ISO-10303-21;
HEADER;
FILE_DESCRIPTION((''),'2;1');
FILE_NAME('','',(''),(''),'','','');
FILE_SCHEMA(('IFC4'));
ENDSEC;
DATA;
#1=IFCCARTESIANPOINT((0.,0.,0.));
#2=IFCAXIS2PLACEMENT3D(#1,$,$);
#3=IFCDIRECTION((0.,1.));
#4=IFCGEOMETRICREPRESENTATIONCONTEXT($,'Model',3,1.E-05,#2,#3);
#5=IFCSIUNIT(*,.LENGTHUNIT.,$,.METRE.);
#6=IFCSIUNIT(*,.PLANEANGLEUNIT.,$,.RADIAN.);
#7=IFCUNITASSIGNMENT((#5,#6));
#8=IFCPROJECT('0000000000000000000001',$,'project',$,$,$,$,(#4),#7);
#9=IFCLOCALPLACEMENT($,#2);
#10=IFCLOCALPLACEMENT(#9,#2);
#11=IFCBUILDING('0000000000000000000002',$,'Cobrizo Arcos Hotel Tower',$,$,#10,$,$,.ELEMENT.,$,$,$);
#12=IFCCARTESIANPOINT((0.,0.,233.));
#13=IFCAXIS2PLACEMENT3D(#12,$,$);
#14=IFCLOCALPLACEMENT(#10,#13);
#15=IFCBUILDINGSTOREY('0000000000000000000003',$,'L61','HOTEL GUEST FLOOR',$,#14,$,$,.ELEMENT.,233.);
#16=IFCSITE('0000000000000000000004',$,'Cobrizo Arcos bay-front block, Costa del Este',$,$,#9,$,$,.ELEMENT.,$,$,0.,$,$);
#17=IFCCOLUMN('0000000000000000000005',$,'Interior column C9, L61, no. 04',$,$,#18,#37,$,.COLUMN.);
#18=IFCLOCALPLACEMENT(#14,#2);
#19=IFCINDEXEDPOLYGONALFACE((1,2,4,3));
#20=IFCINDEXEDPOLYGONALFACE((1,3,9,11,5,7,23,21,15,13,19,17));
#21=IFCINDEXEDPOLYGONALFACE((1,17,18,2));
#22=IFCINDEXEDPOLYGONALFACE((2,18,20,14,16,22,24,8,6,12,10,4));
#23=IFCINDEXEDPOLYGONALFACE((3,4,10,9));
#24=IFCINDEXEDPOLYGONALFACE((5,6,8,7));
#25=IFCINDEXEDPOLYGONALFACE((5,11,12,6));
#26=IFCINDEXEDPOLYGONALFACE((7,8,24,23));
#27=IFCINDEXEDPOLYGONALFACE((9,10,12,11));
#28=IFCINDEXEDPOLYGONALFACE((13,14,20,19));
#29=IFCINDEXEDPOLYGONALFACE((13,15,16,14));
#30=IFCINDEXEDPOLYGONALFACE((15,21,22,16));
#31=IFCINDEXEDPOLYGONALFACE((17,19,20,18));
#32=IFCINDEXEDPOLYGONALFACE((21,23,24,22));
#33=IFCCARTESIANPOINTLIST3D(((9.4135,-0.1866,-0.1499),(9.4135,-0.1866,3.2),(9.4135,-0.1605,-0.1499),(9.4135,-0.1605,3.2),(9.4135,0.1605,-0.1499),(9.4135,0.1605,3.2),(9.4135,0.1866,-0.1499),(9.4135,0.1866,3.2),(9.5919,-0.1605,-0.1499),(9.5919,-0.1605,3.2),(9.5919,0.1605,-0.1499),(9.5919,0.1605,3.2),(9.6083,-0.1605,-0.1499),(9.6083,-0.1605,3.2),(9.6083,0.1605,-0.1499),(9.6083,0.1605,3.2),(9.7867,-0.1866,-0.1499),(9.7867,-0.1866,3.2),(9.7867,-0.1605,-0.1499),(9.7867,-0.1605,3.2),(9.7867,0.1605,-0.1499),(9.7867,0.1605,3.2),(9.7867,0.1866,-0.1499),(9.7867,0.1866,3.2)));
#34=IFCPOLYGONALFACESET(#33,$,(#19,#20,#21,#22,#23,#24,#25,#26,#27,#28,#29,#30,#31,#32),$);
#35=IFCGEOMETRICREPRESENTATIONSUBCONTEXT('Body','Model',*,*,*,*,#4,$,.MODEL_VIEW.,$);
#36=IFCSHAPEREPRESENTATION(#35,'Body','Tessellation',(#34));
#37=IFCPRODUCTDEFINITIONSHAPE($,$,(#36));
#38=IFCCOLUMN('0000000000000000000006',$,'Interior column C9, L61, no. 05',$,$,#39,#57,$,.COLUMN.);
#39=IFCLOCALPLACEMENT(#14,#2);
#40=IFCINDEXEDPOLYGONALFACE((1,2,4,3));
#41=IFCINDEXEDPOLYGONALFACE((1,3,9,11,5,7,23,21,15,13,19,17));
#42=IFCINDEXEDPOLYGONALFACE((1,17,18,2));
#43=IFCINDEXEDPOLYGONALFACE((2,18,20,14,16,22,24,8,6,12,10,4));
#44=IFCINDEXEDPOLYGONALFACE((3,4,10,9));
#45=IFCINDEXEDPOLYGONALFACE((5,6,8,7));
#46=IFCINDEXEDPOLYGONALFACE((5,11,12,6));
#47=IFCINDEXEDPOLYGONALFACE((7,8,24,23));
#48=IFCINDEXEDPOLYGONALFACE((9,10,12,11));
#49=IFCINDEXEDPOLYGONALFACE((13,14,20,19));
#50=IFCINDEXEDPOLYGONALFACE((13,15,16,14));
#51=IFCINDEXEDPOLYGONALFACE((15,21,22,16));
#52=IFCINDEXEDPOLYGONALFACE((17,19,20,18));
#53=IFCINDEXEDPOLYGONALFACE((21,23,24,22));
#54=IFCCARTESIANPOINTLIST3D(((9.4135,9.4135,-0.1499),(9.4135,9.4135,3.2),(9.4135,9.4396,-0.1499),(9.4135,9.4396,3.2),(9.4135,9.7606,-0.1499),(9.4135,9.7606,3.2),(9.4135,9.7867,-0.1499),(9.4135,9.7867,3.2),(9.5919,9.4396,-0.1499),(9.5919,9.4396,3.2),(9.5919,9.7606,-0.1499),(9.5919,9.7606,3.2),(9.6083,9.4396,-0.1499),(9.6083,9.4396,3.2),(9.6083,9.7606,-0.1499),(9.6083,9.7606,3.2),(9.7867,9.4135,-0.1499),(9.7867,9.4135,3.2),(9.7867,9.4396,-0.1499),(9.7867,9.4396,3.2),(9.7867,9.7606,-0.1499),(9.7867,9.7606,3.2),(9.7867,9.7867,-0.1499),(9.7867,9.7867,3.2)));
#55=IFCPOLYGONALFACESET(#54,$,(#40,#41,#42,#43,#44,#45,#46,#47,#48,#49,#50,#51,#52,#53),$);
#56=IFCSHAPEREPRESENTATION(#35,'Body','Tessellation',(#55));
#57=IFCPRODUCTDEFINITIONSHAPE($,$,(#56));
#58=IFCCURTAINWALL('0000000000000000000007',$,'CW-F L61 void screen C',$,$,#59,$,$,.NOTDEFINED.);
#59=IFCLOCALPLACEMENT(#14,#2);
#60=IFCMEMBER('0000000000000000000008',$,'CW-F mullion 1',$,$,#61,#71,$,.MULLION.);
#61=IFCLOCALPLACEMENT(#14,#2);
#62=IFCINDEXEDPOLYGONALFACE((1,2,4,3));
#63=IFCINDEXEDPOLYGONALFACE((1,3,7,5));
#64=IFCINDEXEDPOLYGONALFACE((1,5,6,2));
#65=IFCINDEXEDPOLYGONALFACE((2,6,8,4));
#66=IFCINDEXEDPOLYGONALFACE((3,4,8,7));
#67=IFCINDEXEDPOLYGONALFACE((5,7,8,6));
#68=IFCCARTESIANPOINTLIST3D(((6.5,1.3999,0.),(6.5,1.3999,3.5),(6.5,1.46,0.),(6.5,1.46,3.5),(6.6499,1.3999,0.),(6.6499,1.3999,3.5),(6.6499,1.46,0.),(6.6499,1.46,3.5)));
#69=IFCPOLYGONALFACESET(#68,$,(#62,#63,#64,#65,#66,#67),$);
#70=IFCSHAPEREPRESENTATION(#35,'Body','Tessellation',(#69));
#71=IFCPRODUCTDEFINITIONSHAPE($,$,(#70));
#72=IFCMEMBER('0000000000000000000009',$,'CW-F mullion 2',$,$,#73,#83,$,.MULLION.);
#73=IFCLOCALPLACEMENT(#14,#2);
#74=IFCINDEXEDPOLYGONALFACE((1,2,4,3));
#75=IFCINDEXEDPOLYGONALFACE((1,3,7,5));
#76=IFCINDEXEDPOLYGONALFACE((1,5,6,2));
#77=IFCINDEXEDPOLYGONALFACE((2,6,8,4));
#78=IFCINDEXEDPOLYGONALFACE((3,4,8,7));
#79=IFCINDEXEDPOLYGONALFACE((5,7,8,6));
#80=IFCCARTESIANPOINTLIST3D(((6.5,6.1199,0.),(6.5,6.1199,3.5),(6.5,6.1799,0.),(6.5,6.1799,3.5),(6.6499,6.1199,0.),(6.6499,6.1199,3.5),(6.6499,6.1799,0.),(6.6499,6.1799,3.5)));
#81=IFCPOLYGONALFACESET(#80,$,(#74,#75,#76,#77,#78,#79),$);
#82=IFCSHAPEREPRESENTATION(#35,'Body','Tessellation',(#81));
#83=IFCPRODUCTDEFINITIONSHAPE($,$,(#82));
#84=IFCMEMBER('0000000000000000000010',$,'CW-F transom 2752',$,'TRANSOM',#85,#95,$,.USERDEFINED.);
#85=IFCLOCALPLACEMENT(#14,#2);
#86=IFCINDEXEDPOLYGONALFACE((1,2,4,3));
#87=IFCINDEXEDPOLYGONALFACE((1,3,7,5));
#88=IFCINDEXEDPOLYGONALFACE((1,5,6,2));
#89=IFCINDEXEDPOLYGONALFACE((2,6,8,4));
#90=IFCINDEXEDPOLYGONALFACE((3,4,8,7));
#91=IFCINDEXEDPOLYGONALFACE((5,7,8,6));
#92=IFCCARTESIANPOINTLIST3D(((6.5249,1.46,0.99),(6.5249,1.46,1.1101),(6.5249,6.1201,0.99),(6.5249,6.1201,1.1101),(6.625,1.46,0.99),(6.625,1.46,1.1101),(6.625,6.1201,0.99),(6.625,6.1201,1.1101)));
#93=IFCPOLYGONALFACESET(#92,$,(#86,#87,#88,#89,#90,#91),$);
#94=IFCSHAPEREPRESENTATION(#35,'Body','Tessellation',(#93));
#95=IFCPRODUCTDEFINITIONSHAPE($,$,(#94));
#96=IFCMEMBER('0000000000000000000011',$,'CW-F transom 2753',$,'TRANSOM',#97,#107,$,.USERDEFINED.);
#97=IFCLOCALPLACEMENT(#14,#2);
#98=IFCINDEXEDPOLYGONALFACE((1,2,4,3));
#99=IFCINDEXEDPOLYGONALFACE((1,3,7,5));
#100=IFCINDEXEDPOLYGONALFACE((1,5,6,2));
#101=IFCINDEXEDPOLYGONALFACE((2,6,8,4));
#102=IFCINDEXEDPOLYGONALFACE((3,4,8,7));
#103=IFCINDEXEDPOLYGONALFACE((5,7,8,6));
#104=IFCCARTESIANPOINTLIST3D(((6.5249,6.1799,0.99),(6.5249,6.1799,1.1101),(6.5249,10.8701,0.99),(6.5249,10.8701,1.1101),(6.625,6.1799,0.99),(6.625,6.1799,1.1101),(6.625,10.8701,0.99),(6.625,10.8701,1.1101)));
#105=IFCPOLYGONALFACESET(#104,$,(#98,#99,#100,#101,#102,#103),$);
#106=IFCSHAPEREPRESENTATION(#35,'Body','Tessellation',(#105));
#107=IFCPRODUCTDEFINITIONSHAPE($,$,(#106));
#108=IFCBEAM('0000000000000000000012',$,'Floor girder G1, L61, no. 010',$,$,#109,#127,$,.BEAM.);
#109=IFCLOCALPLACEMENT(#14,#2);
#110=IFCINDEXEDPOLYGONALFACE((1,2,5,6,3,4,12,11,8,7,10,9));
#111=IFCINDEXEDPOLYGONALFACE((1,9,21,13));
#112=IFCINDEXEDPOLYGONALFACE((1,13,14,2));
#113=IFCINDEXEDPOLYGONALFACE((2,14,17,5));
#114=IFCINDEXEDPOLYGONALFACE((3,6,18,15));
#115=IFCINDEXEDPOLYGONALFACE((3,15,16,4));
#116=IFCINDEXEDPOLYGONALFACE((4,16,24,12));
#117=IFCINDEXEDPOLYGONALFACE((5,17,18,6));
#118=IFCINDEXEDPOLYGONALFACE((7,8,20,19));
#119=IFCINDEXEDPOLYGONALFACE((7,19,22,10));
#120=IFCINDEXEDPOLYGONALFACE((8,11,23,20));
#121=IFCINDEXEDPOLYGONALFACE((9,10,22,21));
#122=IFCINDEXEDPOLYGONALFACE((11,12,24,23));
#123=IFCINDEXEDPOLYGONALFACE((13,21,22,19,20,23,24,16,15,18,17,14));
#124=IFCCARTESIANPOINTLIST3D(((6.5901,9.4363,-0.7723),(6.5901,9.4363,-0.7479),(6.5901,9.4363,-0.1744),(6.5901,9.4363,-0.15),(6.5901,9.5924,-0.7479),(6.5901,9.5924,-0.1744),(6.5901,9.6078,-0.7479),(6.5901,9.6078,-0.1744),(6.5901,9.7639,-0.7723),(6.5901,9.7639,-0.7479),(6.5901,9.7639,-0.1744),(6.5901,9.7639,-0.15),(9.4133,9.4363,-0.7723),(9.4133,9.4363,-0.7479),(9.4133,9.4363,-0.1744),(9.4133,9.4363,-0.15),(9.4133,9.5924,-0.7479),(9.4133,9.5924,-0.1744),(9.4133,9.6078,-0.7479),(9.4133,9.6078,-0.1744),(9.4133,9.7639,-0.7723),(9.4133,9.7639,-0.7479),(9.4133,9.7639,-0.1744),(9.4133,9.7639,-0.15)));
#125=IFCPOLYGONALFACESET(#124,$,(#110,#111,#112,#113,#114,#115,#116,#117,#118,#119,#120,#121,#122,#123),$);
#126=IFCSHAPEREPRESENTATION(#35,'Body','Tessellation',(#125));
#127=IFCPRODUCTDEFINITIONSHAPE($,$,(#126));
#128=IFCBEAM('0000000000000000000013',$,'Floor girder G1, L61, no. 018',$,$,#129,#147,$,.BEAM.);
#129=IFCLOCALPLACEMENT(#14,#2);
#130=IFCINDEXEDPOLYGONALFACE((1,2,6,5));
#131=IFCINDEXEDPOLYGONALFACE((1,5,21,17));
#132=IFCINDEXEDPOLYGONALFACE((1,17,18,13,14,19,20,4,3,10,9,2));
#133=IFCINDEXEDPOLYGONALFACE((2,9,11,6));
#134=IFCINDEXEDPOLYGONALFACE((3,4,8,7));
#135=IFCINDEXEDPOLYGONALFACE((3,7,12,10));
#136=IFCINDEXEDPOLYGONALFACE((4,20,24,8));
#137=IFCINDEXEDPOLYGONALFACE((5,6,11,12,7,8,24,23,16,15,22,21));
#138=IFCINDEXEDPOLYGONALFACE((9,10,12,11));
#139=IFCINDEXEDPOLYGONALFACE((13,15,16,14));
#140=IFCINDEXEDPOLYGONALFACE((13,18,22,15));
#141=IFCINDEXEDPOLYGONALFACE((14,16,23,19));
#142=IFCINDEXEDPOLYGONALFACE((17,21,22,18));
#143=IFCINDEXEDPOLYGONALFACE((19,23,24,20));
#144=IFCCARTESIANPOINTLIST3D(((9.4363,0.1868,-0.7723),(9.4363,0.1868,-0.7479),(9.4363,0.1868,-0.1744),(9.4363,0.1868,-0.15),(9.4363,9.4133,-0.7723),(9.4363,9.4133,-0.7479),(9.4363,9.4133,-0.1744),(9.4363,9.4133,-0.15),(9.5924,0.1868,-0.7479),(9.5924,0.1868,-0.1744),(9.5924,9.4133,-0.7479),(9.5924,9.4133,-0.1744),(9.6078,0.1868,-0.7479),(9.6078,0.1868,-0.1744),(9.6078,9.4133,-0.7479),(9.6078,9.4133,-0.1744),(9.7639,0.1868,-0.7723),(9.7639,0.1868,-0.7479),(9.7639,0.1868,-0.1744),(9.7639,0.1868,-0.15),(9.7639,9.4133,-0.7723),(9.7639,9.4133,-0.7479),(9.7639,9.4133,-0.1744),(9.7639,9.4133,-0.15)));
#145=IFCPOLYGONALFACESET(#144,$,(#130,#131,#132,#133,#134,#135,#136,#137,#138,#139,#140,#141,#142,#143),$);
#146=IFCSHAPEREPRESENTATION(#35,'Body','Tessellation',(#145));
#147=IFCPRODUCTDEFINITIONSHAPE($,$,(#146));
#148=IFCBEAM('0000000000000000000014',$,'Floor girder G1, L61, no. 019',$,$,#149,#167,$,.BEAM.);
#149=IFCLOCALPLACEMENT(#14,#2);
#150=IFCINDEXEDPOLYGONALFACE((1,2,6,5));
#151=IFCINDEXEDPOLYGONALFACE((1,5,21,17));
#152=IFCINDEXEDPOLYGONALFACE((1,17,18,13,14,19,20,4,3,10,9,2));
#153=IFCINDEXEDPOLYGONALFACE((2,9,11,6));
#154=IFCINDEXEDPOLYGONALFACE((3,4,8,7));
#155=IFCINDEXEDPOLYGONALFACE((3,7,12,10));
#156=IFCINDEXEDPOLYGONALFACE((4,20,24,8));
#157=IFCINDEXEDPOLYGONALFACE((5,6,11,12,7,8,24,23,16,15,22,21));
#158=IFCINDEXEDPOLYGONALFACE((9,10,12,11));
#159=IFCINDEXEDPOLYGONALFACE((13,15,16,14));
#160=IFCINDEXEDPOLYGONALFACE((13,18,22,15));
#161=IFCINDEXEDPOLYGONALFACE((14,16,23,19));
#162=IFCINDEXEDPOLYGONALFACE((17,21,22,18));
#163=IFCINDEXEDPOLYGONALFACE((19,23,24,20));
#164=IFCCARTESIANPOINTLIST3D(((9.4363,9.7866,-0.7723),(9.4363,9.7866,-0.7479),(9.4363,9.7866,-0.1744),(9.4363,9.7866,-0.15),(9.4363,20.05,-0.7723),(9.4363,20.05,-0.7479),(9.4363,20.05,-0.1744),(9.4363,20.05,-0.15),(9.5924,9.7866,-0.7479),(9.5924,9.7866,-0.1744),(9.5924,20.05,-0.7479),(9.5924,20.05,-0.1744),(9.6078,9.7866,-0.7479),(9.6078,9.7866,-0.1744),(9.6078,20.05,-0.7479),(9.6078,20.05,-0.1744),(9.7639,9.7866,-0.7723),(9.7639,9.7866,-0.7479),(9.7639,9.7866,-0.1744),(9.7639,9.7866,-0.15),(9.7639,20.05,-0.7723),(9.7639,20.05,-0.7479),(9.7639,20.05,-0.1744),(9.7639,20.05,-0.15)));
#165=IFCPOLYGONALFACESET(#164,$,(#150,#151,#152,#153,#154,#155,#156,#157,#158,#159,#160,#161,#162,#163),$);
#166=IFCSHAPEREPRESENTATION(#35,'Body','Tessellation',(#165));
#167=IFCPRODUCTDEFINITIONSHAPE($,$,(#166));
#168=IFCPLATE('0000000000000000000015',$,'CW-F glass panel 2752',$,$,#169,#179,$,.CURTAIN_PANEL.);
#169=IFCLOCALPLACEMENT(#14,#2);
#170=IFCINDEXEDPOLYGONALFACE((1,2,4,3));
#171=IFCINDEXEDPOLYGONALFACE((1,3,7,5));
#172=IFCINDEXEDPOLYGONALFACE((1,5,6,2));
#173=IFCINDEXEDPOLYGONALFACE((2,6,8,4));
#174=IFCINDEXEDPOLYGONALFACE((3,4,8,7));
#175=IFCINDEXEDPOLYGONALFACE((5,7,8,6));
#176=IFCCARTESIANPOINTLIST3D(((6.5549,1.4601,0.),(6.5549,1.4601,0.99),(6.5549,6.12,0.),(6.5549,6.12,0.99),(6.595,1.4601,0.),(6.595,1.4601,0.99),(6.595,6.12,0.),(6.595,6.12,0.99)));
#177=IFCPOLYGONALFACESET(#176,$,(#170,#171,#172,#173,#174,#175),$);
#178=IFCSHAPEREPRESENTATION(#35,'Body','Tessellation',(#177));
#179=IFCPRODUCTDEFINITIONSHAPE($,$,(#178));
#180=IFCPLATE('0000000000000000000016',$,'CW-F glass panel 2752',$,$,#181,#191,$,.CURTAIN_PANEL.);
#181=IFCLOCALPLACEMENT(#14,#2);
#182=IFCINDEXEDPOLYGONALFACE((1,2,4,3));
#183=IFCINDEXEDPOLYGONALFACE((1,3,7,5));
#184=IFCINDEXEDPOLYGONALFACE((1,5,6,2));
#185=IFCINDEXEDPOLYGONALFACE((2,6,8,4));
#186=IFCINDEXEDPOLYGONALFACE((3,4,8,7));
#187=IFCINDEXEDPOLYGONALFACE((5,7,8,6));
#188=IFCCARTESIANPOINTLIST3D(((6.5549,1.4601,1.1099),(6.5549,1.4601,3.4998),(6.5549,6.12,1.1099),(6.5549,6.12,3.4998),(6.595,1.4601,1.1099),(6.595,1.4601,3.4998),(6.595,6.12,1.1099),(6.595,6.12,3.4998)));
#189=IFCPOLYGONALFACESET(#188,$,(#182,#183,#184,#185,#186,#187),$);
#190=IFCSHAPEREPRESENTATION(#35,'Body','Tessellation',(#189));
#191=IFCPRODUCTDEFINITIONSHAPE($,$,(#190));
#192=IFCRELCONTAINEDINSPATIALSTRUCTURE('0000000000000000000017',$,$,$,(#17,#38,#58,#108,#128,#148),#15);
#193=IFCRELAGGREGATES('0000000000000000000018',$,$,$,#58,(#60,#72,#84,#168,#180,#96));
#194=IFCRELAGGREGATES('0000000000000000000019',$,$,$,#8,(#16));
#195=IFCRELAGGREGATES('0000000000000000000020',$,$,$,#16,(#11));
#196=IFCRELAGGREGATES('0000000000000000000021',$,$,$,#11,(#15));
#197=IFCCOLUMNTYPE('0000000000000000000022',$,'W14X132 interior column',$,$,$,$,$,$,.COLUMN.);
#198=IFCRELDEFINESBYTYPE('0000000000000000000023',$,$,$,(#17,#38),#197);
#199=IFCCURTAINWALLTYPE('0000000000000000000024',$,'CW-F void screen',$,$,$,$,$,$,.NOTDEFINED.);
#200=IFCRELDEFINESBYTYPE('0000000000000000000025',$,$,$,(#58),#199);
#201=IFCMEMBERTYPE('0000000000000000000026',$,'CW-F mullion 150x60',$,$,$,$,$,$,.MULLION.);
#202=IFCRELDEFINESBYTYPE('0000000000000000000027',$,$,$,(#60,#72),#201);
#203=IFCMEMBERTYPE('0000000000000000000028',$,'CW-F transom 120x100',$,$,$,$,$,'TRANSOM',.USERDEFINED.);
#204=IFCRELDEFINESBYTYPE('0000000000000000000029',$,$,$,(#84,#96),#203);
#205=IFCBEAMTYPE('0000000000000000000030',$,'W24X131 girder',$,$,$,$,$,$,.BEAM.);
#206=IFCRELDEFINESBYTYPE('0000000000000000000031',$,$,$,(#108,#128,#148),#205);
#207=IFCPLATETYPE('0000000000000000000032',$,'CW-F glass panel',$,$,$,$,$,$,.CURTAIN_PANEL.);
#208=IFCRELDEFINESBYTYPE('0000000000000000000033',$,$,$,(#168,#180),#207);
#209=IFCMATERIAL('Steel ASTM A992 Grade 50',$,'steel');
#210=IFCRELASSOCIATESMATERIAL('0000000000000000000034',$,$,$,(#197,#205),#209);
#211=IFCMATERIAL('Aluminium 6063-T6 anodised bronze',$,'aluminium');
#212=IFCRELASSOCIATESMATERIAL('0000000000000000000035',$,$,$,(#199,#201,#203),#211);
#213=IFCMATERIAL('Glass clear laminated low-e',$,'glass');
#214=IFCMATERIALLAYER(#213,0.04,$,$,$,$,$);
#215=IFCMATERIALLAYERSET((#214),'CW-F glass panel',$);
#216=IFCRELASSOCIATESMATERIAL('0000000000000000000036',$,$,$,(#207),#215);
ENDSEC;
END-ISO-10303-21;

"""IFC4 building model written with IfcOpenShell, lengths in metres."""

from ifc_helpers import new_model, si_unit, direction, frame, origin, origin_2d, place, context, subcontext, project, spatial, rectangle, i_section, extrude, material, layer, layer_set, material_profile, profile_set, type_object, element, aggregate, save


model = new_model("IFC4")

# Units and contexts
model_context = context("Model", 3, precision=1e-05, world=origin(), true_north=direction((0.0, 1.0)))
body_context = subcontext(model_context, "Body", "Model", "MODEL_VIEW")
ifc_project = project(units=[si_unit("LENGTHUNIT", "METRE"), si_unit("PLANEANGLEUNIT", "RADIAN")], contexts=[model_context])

# Site, building, storey
site_placement = place(None, origin())
site = spatial("IfcSite", under=ifc_project, at=site_placement, Name="Cobrizo Arcos bay-front block, Costa del Este", CompositionType="ELEMENT", RefElevation=0.0)
building_placement = place(site_placement, origin())
building = spatial("IfcBuilding", under=site, at=building_placement, Name="Cobrizo Arcos Hotel Tower", CompositionType="ELEMENT")
storey_placement = place(building_placement, frame((0.0, 0.0, 233.0)))
storey = spatial("IfcBuildingStorey", under=building, at=storey_placement, Name="L61", Description="HOTEL GUEST FLOOR", CompositionType="ELEMENT", Elevation=233.0)

# Columns
ifc_material_1 = material(Name="Steel ASTM A992 Grade 50", Category="steel")
ifc_material_profile_1 = material_profile(ifc_material_1, i_section(OverallWidth=0.3733, OverallDepth=0.3733, WebThickness=0.0164, FlangeThickness=0.0261, at=origin_2d()), Name="W14X132")
ifc_profile_set_1 = profile_set([ifc_material_profile_1], Name="Steel ASTM A992 Grade 50")
column_type = type_object("IfcColumnType", Name="W14X132 interior column", PredefinedType="COLUMN", material=ifc_profile_set_1)
for number, where, z_axis, x_axis, name in (
    (1, (9.6001, 0.0, -0.1499), (0.0, 0.0, 1.0), (1.0, 0.0, 0.0), "Interior column C9, L61, no. 04"),
    (2, (9.6001, 9.6001, -0.1499), (0.0, 0.0, 1.0), (1.0, 0.0, 0.0), "Interior column C9, L61, no. 05"),
):
    element("IfcColumn", number, at=place(storey_placement, frame(where, z_axis=z_axis, x_axis=x_axis)), inside=storey, type_object=column_type, Name=name, PredefinedType="COLUMN", context=body_context, shape_type="SweptSolid", body=[
        extrude(i_section(OverallWidth=0.3733, OverallDepth=0.3733, WebThickness=0.0164, FlangeThickness=0.0261, at=origin_2d()), origin(), (0.0, 0.0, 1.0), 3.3499),
    ])

# Curtain wall, members
ifc_material_2 = material(Name="Aluminium 6063-T6 anodised bronze", Category="aluminium")
curtain_wall_type = type_object("IfcCurtainWallType", Name="CW-F void screen", PredefinedType="NOTDEFINED", material=ifc_material_2)
curtain_wall_placement = place(storey_placement, origin())
curtain_wall = element("IfcCurtainWall", 3, at=curtain_wall_placement, inside=storey, type_object=curtain_wall_type, Name="CW-F L61 void screen C", PredefinedType="NOTDEFINED")
ifc_material_profile_2 = material_profile(ifc_material_2, rectangle(XDim=0.1499, YDim=0.0601, at=origin_2d()), Name="CW-F mullion 150x60")
ifc_profile_set_2 = profile_set([ifc_material_profile_2], Name="Aluminium 6063-T6 anodised bronze")
member_type_1 = type_object("IfcMemberType", Name="CW-F mullion 150x60", PredefinedType="MULLION", material=ifc_profile_set_2)
member_1_placement = place(storey_placement, frame((6.575, 1.4299, 0.0), z_axis=(0.0, 0.0, 1.0), x_axis=(1.0, 0.0, 0.0)))
member_1 = element("IfcMember", 4, at=member_1_placement, type_object=member_type_1, Name="CW-F mullion 1", PredefinedType="MULLION", context=body_context, shape_type="SweptSolid", body=[
    extrude(rectangle(XDim=0.1499, YDim=0.0601, at=origin_2d()), origin(), (0.0, 0.0, 1.0), 3.5),
])
member_2_placement = place(storey_placement, frame((6.575, 6.1499, 0.0), z_axis=(0.0, 0.0, 1.0), x_axis=(1.0, 0.0, 0.0)))
member_2 = element("IfcMember", 5, at=member_2_placement, type_object=member_type_1, Name="CW-F mullion 2", PredefinedType="MULLION", context=body_context, shape_type="SweptSolid", body=[
    extrude(rectangle(XDim=0.1499, YDim=0.0601, at=origin_2d()), origin(), (0.0, 0.0, 1.0), 3.5),
])
ifc_material_profile_3 = material_profile(ifc_material_2, rectangle(XDim=0.1001, YDim=0.1201, at=origin_2d()), Name="CW-F transom 120x100")
ifc_profile_set_3 = profile_set([ifc_material_profile_3], Name="Aluminium 6063-T6 anodised bronze")
member_type_2 = type_object("IfcMemberType", Name="CW-F transom 120x100", ElementType="TRANSOM", PredefinedType="USERDEFINED", material=ifc_profile_set_3)
member_3_placement = place(storey_placement, frame((6.575, 1.46, 1.05), z_axis=(0.0, 1.0, 0.0), x_axis=(-1.0, 0.0, 0.0)))
member_3 = element("IfcMember", 6, at=member_3_placement, type_object=member_type_2, Name="CW-F transom 2752", ObjectType="TRANSOM", PredefinedType="USERDEFINED", context=body_context, shape_type="SweptSolid", body=[
    extrude(rectangle(XDim=0.1001, YDim=0.1201, at=origin_2d()), origin(), (0.0, 0.0, 1.0), 4.6602),
])
member_4_placement = place(storey_placement, frame((6.575, 6.1799, 1.05), z_axis=(0.0, 1.0, 0.0), x_axis=(-1.0, 0.0, 0.0)))
member_4 = element("IfcMember", 7, at=member_4_placement, type_object=member_type_2, Name="CW-F transom 2753", ObjectType="TRANSOM", PredefinedType="USERDEFINED", context=body_context, shape_type="SweptSolid", body=[
    extrude(rectangle(XDim=0.1001, YDim=0.1201, at=origin_2d()), origin(), (0.0, 0.0, 1.0), 4.6902),
])

# Beams
ifc_material_profile_4 = material_profile(ifc_material_1, i_section(OverallWidth=0.3276, OverallDepth=0.6223, WebThickness=0.0154, FlangeThickness=0.0244, at=origin_2d()), Name="W24X131")
ifc_profile_set_4 = profile_set([ifc_material_profile_4], Name="Steel ASTM A992 Grade 50")
beam_type = type_object("IfcBeamType", Name="W24X131 girder", PredefinedType="BEAM", material=ifc_profile_set_4)
beam_1_placement = place(storey_placement, frame((6.5901, 9.6001, -0.4612), z_axis=(1.0, 0.0, 0.0), x_axis=(0.0, 1.0, 0.0)))
element("IfcBeam", 8, at=beam_1_placement, inside=storey, type_object=beam_type, Name="Floor girder G1, L61, no. 010", PredefinedType="BEAM", context=body_context, shape_type="SweptSolid", body=[
    extrude(i_section(OverallWidth=0.3276, OverallDepth=0.6223, WebThickness=0.0154, FlangeThickness=0.0244, at=origin_2d()), origin(), (0.0, 0.0, 1.0), 2.8232),
])
beam_2_placement = place(storey_placement, frame((9.6001, 0.1868, -0.4612), z_axis=(0.0, 1.0, 0.0), x_axis=(-1.0, 0.0, 0.0)))
element("IfcBeam", 9, at=beam_2_placement, inside=storey, type_object=beam_type, Name="Floor girder G1, L61, no. 018", PredefinedType="BEAM", context=body_context, shape_type="SweptSolid", body=[
    extrude(i_section(OverallWidth=0.3276, OverallDepth=0.6223, WebThickness=0.0154, FlangeThickness=0.0244, at=origin_2d()), origin(), (0.0, 0.0, 1.0), 9.2266),
])
beam_3_placement = place(storey_placement, frame((9.6001, 9.7866, -0.4612), z_axis=(0.0, 1.0, 0.0), x_axis=(-1.0, 0.0, 0.0)))
element("IfcBeam", 10, at=beam_3_placement, inside=storey, type_object=beam_type, Name="Floor girder G1, L61, no. 019", PredefinedType="BEAM", context=body_context, shape_type="SweptSolid", body=[
    extrude(i_section(OverallWidth=0.3276, OverallDepth=0.6223, WebThickness=0.0154, FlangeThickness=0.0244, at=origin_2d()), origin(), (0.0, 0.0, 1.0), 10.2634),
])

# Plates
ifc_material_3 = material(Name="Glass clear laminated low-e", Category="glass")
ifc_layer_1 = layer(ifc_material_3, 0.04)
ifc_layer_set_1 = layer_set([ifc_layer_1], Name="CW-F glass panel")
plate_type = type_object("IfcPlateType", Name="CW-F glass panel", PredefinedType="CURTAIN_PANEL", material=ifc_layer_set_1)
plate_1_placement = place(storey_placement, frame((6.575, 3.79, 0.0), z_axis=(0.0, 0.0, 1.0), x_axis=(0.0, 1.0, 0.0)))
plate_1 = element("IfcPlate", 11, at=plate_1_placement, type_object=plate_type, Name="CW-F glass panel 2752", PredefinedType="CURTAIN_PANEL", context=body_context, shape_type="SweptSolid", body=[
    extrude(rectangle(XDim=4.6599, YDim=0.04, at=origin_2d()), origin(), (0.0, 0.0, 1.0), 0.99),
])
plate_2_placement = place(storey_placement, frame((6.575, 3.79, 1.1099), z_axis=(0.0, 0.0, 1.0), x_axis=(0.0, 1.0, 0.0)))
plate_2 = element("IfcPlate", 12, at=plate_2_placement, type_object=plate_type, Name="CW-F glass panel 2752", PredefinedType="CURTAIN_PANEL", context=body_context, shape_type="SweptSolid", body=[
    extrude(rectangle(XDim=4.6599, YDim=0.04, at=origin_2d()), origin(), (0.0, 0.0, 1.0), 2.3899),
])
aggregate(curtain_wall, [member_1, member_2, member_3, plate_1, plate_2, member_4])

save(model, "model.ifc")
